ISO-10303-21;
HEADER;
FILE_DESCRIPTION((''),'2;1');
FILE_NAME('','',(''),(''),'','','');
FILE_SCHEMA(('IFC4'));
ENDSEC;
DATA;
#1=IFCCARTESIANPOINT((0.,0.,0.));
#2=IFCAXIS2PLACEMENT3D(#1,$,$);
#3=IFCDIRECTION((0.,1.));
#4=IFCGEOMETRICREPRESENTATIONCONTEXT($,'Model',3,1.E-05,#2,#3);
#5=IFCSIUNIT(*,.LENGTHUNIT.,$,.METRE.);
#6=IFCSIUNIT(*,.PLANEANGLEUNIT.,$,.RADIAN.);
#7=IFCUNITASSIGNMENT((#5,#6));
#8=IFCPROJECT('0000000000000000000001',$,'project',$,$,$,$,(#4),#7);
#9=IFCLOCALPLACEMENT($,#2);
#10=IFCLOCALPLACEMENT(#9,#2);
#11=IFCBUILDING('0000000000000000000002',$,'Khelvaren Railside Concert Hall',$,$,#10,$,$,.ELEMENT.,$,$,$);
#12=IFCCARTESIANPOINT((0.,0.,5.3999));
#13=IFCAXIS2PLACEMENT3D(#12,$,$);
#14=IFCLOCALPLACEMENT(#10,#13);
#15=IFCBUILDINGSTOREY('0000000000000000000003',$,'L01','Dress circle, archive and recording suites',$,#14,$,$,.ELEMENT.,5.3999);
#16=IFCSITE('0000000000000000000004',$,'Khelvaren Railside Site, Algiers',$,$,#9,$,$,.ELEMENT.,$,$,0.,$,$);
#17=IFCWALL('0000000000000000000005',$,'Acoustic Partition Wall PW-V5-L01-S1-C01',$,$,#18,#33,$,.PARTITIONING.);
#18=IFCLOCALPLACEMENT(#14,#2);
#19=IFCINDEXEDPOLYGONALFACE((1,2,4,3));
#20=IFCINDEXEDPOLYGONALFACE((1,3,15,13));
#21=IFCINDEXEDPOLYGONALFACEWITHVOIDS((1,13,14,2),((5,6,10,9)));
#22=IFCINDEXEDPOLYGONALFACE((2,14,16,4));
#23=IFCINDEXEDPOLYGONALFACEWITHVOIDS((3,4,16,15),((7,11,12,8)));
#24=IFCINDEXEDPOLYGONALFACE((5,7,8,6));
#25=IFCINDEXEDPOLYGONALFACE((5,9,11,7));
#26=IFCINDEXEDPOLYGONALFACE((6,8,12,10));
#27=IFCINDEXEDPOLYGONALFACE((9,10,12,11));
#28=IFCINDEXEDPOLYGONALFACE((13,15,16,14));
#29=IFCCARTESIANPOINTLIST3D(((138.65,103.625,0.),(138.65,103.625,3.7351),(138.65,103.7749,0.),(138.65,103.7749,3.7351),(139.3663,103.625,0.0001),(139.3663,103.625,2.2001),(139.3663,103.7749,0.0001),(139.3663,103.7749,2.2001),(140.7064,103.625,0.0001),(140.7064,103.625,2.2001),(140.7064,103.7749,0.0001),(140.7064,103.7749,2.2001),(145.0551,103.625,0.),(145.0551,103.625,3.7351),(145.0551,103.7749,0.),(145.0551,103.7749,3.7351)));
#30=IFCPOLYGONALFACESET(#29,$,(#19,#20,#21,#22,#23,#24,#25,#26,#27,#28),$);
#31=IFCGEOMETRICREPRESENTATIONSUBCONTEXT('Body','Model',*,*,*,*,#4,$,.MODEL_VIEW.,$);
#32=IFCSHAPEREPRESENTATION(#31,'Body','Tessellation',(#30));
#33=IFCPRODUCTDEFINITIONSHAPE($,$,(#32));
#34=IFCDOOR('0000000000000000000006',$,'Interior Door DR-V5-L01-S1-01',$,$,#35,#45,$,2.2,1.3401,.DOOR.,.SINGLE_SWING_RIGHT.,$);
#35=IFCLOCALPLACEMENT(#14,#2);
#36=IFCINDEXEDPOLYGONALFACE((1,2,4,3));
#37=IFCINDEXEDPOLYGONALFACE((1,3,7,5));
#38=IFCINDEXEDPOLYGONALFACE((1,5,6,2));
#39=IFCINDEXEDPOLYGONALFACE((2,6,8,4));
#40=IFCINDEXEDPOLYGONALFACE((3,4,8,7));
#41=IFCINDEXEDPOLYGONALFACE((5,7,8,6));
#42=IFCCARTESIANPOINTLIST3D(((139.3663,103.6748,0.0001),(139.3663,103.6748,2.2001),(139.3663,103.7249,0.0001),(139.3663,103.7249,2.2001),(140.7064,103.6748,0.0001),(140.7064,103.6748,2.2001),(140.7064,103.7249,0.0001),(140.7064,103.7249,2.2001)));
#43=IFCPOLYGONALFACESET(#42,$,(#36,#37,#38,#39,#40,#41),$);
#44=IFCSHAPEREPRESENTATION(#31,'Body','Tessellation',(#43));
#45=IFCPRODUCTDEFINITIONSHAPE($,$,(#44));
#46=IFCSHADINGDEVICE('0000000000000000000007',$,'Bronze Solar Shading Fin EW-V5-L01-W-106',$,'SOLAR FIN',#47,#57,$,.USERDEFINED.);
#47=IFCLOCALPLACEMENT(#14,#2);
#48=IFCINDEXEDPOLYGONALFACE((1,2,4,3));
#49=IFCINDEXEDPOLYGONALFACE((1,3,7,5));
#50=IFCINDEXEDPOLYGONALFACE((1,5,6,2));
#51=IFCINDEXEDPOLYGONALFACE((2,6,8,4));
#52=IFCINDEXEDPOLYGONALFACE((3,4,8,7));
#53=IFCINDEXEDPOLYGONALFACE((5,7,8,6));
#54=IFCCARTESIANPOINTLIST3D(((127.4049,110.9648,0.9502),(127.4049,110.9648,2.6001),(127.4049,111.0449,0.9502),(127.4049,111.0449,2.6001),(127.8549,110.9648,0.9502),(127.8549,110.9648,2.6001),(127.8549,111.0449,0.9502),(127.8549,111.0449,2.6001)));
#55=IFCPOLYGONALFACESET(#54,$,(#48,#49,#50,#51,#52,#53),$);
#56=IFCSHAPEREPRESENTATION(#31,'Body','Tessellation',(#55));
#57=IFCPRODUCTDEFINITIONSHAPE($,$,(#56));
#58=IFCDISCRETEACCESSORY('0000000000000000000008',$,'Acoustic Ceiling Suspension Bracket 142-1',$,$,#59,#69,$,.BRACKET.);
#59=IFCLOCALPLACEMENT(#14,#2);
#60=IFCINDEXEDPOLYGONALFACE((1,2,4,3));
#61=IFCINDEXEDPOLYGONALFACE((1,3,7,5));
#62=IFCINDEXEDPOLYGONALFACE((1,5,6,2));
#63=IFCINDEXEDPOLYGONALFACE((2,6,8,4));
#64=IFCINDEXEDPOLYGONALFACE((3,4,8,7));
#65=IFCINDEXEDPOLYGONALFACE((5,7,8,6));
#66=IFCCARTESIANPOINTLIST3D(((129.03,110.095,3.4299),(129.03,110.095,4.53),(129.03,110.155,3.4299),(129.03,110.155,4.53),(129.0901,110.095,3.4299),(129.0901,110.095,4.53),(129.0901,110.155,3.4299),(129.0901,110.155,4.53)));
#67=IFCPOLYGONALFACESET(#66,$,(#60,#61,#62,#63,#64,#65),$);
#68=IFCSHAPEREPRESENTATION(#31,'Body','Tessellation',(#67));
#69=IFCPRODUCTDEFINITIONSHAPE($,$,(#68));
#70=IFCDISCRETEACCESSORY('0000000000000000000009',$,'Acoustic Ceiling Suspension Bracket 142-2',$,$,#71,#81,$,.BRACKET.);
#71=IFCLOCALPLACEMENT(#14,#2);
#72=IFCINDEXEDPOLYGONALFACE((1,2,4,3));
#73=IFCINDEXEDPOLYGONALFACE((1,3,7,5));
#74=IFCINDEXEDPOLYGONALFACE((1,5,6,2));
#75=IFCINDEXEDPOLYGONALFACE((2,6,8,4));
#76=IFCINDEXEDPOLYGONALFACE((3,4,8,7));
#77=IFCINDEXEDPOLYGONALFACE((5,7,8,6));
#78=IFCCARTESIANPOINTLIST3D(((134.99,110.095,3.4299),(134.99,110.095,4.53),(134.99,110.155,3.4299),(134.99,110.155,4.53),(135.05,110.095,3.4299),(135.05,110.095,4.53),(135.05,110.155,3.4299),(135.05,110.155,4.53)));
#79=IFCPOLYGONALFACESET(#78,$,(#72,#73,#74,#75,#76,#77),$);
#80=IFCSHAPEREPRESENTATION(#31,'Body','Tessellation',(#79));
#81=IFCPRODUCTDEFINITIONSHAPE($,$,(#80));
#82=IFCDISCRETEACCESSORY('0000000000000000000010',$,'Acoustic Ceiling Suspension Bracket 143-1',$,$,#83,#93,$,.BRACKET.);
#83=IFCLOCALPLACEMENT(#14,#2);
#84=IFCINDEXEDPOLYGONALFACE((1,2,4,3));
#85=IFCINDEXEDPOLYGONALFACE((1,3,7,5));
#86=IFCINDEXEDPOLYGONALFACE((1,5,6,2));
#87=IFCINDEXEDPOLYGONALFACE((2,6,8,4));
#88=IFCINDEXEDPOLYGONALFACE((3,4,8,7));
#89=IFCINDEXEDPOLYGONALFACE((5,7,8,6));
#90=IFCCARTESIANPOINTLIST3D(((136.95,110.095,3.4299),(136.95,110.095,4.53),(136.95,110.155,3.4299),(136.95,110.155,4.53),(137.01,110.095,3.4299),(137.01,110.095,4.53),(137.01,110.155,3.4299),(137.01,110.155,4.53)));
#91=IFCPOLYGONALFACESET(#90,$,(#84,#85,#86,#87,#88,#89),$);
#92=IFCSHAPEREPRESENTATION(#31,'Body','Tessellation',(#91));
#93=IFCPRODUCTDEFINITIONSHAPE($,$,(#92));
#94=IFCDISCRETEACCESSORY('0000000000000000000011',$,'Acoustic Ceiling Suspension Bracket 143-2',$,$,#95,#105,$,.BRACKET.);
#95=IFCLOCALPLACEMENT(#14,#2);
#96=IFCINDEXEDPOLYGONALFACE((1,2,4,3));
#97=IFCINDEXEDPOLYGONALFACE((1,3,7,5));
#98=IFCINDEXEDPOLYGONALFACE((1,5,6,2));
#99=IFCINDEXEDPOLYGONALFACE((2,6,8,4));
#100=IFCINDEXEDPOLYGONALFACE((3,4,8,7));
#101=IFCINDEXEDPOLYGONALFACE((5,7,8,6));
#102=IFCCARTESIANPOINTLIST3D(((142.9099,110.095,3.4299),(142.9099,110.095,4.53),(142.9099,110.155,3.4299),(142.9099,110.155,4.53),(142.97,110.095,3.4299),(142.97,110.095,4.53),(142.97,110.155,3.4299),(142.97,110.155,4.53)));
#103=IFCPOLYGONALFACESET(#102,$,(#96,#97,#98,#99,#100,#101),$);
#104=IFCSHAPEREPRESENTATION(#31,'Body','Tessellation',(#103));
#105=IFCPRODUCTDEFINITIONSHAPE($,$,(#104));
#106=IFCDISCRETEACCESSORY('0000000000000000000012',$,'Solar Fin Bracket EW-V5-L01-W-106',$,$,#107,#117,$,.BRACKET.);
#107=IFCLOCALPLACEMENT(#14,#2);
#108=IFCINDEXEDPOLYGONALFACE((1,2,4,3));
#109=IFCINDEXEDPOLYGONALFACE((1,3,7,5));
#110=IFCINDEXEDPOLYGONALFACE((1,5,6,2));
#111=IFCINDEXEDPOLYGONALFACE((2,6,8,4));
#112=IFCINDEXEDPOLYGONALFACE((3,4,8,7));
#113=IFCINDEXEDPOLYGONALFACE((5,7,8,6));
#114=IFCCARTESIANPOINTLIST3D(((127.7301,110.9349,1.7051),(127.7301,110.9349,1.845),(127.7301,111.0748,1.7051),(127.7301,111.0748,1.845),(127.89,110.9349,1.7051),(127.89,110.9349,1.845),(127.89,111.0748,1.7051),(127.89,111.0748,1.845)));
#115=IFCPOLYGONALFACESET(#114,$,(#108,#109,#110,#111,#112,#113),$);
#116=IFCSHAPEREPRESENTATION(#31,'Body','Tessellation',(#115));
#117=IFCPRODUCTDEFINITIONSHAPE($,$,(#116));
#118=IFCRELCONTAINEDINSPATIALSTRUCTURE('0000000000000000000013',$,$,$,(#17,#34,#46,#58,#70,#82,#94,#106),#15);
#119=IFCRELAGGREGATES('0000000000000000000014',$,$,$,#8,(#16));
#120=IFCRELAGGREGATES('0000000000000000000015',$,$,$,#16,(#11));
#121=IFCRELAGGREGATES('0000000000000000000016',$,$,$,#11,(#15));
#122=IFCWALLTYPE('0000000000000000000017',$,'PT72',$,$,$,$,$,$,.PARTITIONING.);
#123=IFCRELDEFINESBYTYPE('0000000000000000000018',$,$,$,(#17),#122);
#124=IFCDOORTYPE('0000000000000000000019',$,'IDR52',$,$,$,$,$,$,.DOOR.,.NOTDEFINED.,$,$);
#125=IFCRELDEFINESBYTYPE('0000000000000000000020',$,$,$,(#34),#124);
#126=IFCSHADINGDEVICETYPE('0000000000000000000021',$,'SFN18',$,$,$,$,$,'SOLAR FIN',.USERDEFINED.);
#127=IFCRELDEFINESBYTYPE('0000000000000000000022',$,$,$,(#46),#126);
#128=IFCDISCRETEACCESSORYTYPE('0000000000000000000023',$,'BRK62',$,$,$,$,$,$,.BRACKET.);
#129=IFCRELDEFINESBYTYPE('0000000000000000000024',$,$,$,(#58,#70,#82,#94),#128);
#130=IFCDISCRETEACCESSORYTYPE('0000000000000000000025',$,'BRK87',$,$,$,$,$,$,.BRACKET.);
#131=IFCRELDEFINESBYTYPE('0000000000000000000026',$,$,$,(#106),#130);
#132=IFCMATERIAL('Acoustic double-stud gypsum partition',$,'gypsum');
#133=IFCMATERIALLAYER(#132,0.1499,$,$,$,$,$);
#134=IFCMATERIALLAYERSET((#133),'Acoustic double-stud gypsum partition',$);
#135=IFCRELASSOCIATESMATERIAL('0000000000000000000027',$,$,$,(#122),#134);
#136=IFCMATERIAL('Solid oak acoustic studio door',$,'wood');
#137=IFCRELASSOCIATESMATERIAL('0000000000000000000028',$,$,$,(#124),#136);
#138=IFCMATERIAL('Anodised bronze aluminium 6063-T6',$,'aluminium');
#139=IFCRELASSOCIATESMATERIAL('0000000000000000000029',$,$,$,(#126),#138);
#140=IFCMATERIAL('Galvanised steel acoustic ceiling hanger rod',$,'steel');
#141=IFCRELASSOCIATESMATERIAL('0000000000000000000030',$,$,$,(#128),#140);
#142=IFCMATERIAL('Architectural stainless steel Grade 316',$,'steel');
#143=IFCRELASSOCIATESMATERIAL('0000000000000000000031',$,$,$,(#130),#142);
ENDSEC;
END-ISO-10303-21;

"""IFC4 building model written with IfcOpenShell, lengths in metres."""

from ifc_helpers import new_model, si_unit, direction, frame, frame_2d, origin, origin_2d, place, context, subcontext, project, spatial, rectangle, extrude, material, layer, layer_set, type_object, element, fill, save


model = new_model("IFC4")

# Units and contexts
model_context = context("Model", 3, precision=1e-05, world=origin(), true_north=direction((0.0, 1.0)))
body_context = subcontext(model_context, "Body", "Model", "MODEL_VIEW")
ifc_project = project(units=[si_unit("LENGTHUNIT", "METRE"), si_unit("PLANEANGLEUNIT", "RADIAN")], contexts=[model_context])

# Site, building, storey
site_placement = place(None, origin())
site = spatial("IfcSite", under=ifc_project, at=site_placement, Name="Khelvaren Railside Site, Algiers", CompositionType="ELEMENT", RefElevation=0.0)
building_placement = place(site_placement, origin())
building = spatial("IfcBuilding", under=site, at=building_placement, Name="Khelvaren Railside Concert Hall", CompositionType="ELEMENT")
storey_placement = place(building_placement, frame((0.0, 0.0, 5.3999)))
storey = spatial("IfcBuildingStorey", under=building, at=storey_placement, Name="L01", Description="Dress circle, archive and recording suites", CompositionType="ELEMENT", Elevation=5.3999)

# Shared definitions
ifc_material_1 = material(Name="Acoustic double-stud gypsum partition", Category="gypsum")

# Wall, opening, door
ifc_material_2 = material(Name="Solid oak acoustic studio door", Category="wood")
ifc_layer_1 = layer(ifc_material_1, 0.1499)
ifc_layer_set_1 = layer_set([ifc_layer_1], Name="Acoustic double-stud gypsum partition")
wall_type_1 = type_object("IfcWallType", Name="PT72", PredefinedType="PARTITIONING", material=ifc_layer_set_1)
wall_1_placement = place(storey_placement, frame((138.6499, 103.7, 0.0), z_axis=(0.0, 0.0, 1.0), x_axis=(1.0, 0.0, 0.0)))
wall_1 = element("IfcWall", 1, at=wall_1_placement, inside=storey, type_object=wall_type_1, Name="Acoustic Partition Wall PW-V5-L01-S1-C01", PredefinedType="PARTITIONING", context=body_context, shape_type="SweptSolid", body=[
    extrude(rectangle(XDim=6.405, YDim=0.1499, at=frame_2d((3.2026, 0.0))), origin(), (0.0, 0.0, 1.0), 3.7351),
])
opening_1_placement = place(wall_1_placement, frame((0.7166, 0.0, 0.0)))
opening_1 = element("IfcOpeningElement", 2, at=opening_1_placement, cuts=wall_1, PredefinedType="OPENING", context=body_context, shape_type="SweptSolid", body=[
    extrude(rectangle(XDim=1.3401, YDim=2.2, at=frame_2d((0.6699, 1.1001))), frame((0.0, 0.085, 0.0), z_axis=(0.0, -1.0, 0.0), x_axis=(1.0, 0.0, 0.0)), (0.0, 0.0, 1.0), 0.1699),
])
door_type_1 = type_object("IfcDoorType", Name="IDR52", OperationType="NOTDEFINED", PredefinedType="DOOR", material=ifc_material_2)
door_1_placement = place(opening_1_placement, origin())
door_1 = element("IfcDoor", 3, at=door_1_placement, inside=storey, type_object=door_type_1, Name="Interior Door DR-V5-L01-S1-01", OperationType="SINGLE_SWING_RIGHT", OverallHeight=2.2, OverallWidth=1.3401, PredefinedType="DOOR", context=body_context, shape_type="SweptSolid", body=[
    extrude(rectangle(XDim=1.3401, YDim=2.2, at=frame_2d((0.6699, 1.1001))), frame((0.0, 0.0249, 0.0), z_axis=(0.0, -1.0, 0.0), x_axis=(1.0, 0.0, 0.0)), (0.0, 0.0, 1.0), 0.05),
])
fill(opening_1, door_1)

# Shading device
ifc_material_3 = material(Name="Anodised bronze aluminium 6063-T6", Category="aluminium")
shading_device_type = type_object("IfcShadingDeviceType", Name="SFN18", ElementType="SOLAR FIN", PredefinedType="USERDEFINED", material=ifc_material_3)
shading_device_placement = place(storey_placement, frame((127.6299, 111.0049, 0.9502), z_axis=(0.0, 0.0, 1.0), x_axis=(0.0, 1.0, 0.0)))
element("IfcShadingDevice", 4, at=shading_device_placement, inside=storey, type_object=shading_device_type, Name="Bronze Solar Shading Fin EW-V5-L01-W-106", ObjectType="SOLAR FIN", PredefinedType="USERDEFINED", context=body_context, shape_type="SweptSolid", body=[
    extrude(rectangle(XDim=0.0801, YDim=0.45, at=origin_2d()), origin(), (0.0, 0.0, 1.0), 1.6499),
])

# Discrete accessories
ifc_material_4 = material(Name="Galvanised steel acoustic ceiling hanger rod", Category="steel")
discrete_accessory_type_1 = type_object("IfcDiscreteAccessoryType", Name="BRK62", PredefinedType="BRACKET", material=ifc_material_4)
for number, where, z_axis, x_axis, name in (
    (5, (129.0601, 110.125, 3.4299), (0.0, 0.0, 1.0), (1.0, 0.0, 0.0), "Acoustic Ceiling Suspension Bracket 142-1"),
    (6, (135.02, 110.125, 3.4299), (0.0, 0.0, 1.0), (1.0, 0.0, 0.0), "Acoustic Ceiling Suspension Bracket 142-2"),
    (7, (136.98, 110.125, 3.4299), (0.0, 0.0, 1.0), (1.0, 0.0, 0.0), "Acoustic Ceiling Suspension Bracket 143-1"),
    (8, (142.9399, 110.125, 3.4299), (0.0, 0.0, 1.0), (1.0, 0.0, 0.0), "Acoustic Ceiling Suspension Bracket 143-2"),
):
    element("IfcDiscreteAccessory", number, at=place(storey_placement, frame(where, z_axis=z_axis, x_axis=x_axis)), inside=storey, type_object=discrete_accessory_type_1, Name=name, PredefinedType="BRACKET", context=body_context, shape_type="SweptSolid", body=[
        extrude(rectangle(XDim=0.0601, YDim=0.0601, at=origin_2d()), origin(), (0.0, 0.0, 1.0), 1.1001),
    ])
ifc_material_5 = material(Name="Architectural stainless steel Grade 316", Category="steel")
discrete_accessory_type_2 = type_object("IfcDiscreteAccessoryType", Name="BRK87", PredefinedType="BRACKET", material=ifc_material_5)
discrete_accessory_placement = place(storey_placement, frame((127.8101, 111.0049, 1.7051), z_axis=(0.0, 0.0, 1.0), x_axis=(0.0, 1.0, 0.0)))
element("IfcDiscreteAccessory", 9, at=discrete_accessory_placement, inside=storey, type_object=discrete_accessory_type_2, Name="Solar Fin Bracket EW-V5-L01-W-106", PredefinedType="BRACKET", context=body_context, shape_type="SweptSolid", body=[
    extrude(rectangle(XDim=0.1399, YDim=0.1599, at=origin_2d()), origin(), (0.0, 0.0, 1.0), 0.1399),
])

save(model, "model.ifc")
